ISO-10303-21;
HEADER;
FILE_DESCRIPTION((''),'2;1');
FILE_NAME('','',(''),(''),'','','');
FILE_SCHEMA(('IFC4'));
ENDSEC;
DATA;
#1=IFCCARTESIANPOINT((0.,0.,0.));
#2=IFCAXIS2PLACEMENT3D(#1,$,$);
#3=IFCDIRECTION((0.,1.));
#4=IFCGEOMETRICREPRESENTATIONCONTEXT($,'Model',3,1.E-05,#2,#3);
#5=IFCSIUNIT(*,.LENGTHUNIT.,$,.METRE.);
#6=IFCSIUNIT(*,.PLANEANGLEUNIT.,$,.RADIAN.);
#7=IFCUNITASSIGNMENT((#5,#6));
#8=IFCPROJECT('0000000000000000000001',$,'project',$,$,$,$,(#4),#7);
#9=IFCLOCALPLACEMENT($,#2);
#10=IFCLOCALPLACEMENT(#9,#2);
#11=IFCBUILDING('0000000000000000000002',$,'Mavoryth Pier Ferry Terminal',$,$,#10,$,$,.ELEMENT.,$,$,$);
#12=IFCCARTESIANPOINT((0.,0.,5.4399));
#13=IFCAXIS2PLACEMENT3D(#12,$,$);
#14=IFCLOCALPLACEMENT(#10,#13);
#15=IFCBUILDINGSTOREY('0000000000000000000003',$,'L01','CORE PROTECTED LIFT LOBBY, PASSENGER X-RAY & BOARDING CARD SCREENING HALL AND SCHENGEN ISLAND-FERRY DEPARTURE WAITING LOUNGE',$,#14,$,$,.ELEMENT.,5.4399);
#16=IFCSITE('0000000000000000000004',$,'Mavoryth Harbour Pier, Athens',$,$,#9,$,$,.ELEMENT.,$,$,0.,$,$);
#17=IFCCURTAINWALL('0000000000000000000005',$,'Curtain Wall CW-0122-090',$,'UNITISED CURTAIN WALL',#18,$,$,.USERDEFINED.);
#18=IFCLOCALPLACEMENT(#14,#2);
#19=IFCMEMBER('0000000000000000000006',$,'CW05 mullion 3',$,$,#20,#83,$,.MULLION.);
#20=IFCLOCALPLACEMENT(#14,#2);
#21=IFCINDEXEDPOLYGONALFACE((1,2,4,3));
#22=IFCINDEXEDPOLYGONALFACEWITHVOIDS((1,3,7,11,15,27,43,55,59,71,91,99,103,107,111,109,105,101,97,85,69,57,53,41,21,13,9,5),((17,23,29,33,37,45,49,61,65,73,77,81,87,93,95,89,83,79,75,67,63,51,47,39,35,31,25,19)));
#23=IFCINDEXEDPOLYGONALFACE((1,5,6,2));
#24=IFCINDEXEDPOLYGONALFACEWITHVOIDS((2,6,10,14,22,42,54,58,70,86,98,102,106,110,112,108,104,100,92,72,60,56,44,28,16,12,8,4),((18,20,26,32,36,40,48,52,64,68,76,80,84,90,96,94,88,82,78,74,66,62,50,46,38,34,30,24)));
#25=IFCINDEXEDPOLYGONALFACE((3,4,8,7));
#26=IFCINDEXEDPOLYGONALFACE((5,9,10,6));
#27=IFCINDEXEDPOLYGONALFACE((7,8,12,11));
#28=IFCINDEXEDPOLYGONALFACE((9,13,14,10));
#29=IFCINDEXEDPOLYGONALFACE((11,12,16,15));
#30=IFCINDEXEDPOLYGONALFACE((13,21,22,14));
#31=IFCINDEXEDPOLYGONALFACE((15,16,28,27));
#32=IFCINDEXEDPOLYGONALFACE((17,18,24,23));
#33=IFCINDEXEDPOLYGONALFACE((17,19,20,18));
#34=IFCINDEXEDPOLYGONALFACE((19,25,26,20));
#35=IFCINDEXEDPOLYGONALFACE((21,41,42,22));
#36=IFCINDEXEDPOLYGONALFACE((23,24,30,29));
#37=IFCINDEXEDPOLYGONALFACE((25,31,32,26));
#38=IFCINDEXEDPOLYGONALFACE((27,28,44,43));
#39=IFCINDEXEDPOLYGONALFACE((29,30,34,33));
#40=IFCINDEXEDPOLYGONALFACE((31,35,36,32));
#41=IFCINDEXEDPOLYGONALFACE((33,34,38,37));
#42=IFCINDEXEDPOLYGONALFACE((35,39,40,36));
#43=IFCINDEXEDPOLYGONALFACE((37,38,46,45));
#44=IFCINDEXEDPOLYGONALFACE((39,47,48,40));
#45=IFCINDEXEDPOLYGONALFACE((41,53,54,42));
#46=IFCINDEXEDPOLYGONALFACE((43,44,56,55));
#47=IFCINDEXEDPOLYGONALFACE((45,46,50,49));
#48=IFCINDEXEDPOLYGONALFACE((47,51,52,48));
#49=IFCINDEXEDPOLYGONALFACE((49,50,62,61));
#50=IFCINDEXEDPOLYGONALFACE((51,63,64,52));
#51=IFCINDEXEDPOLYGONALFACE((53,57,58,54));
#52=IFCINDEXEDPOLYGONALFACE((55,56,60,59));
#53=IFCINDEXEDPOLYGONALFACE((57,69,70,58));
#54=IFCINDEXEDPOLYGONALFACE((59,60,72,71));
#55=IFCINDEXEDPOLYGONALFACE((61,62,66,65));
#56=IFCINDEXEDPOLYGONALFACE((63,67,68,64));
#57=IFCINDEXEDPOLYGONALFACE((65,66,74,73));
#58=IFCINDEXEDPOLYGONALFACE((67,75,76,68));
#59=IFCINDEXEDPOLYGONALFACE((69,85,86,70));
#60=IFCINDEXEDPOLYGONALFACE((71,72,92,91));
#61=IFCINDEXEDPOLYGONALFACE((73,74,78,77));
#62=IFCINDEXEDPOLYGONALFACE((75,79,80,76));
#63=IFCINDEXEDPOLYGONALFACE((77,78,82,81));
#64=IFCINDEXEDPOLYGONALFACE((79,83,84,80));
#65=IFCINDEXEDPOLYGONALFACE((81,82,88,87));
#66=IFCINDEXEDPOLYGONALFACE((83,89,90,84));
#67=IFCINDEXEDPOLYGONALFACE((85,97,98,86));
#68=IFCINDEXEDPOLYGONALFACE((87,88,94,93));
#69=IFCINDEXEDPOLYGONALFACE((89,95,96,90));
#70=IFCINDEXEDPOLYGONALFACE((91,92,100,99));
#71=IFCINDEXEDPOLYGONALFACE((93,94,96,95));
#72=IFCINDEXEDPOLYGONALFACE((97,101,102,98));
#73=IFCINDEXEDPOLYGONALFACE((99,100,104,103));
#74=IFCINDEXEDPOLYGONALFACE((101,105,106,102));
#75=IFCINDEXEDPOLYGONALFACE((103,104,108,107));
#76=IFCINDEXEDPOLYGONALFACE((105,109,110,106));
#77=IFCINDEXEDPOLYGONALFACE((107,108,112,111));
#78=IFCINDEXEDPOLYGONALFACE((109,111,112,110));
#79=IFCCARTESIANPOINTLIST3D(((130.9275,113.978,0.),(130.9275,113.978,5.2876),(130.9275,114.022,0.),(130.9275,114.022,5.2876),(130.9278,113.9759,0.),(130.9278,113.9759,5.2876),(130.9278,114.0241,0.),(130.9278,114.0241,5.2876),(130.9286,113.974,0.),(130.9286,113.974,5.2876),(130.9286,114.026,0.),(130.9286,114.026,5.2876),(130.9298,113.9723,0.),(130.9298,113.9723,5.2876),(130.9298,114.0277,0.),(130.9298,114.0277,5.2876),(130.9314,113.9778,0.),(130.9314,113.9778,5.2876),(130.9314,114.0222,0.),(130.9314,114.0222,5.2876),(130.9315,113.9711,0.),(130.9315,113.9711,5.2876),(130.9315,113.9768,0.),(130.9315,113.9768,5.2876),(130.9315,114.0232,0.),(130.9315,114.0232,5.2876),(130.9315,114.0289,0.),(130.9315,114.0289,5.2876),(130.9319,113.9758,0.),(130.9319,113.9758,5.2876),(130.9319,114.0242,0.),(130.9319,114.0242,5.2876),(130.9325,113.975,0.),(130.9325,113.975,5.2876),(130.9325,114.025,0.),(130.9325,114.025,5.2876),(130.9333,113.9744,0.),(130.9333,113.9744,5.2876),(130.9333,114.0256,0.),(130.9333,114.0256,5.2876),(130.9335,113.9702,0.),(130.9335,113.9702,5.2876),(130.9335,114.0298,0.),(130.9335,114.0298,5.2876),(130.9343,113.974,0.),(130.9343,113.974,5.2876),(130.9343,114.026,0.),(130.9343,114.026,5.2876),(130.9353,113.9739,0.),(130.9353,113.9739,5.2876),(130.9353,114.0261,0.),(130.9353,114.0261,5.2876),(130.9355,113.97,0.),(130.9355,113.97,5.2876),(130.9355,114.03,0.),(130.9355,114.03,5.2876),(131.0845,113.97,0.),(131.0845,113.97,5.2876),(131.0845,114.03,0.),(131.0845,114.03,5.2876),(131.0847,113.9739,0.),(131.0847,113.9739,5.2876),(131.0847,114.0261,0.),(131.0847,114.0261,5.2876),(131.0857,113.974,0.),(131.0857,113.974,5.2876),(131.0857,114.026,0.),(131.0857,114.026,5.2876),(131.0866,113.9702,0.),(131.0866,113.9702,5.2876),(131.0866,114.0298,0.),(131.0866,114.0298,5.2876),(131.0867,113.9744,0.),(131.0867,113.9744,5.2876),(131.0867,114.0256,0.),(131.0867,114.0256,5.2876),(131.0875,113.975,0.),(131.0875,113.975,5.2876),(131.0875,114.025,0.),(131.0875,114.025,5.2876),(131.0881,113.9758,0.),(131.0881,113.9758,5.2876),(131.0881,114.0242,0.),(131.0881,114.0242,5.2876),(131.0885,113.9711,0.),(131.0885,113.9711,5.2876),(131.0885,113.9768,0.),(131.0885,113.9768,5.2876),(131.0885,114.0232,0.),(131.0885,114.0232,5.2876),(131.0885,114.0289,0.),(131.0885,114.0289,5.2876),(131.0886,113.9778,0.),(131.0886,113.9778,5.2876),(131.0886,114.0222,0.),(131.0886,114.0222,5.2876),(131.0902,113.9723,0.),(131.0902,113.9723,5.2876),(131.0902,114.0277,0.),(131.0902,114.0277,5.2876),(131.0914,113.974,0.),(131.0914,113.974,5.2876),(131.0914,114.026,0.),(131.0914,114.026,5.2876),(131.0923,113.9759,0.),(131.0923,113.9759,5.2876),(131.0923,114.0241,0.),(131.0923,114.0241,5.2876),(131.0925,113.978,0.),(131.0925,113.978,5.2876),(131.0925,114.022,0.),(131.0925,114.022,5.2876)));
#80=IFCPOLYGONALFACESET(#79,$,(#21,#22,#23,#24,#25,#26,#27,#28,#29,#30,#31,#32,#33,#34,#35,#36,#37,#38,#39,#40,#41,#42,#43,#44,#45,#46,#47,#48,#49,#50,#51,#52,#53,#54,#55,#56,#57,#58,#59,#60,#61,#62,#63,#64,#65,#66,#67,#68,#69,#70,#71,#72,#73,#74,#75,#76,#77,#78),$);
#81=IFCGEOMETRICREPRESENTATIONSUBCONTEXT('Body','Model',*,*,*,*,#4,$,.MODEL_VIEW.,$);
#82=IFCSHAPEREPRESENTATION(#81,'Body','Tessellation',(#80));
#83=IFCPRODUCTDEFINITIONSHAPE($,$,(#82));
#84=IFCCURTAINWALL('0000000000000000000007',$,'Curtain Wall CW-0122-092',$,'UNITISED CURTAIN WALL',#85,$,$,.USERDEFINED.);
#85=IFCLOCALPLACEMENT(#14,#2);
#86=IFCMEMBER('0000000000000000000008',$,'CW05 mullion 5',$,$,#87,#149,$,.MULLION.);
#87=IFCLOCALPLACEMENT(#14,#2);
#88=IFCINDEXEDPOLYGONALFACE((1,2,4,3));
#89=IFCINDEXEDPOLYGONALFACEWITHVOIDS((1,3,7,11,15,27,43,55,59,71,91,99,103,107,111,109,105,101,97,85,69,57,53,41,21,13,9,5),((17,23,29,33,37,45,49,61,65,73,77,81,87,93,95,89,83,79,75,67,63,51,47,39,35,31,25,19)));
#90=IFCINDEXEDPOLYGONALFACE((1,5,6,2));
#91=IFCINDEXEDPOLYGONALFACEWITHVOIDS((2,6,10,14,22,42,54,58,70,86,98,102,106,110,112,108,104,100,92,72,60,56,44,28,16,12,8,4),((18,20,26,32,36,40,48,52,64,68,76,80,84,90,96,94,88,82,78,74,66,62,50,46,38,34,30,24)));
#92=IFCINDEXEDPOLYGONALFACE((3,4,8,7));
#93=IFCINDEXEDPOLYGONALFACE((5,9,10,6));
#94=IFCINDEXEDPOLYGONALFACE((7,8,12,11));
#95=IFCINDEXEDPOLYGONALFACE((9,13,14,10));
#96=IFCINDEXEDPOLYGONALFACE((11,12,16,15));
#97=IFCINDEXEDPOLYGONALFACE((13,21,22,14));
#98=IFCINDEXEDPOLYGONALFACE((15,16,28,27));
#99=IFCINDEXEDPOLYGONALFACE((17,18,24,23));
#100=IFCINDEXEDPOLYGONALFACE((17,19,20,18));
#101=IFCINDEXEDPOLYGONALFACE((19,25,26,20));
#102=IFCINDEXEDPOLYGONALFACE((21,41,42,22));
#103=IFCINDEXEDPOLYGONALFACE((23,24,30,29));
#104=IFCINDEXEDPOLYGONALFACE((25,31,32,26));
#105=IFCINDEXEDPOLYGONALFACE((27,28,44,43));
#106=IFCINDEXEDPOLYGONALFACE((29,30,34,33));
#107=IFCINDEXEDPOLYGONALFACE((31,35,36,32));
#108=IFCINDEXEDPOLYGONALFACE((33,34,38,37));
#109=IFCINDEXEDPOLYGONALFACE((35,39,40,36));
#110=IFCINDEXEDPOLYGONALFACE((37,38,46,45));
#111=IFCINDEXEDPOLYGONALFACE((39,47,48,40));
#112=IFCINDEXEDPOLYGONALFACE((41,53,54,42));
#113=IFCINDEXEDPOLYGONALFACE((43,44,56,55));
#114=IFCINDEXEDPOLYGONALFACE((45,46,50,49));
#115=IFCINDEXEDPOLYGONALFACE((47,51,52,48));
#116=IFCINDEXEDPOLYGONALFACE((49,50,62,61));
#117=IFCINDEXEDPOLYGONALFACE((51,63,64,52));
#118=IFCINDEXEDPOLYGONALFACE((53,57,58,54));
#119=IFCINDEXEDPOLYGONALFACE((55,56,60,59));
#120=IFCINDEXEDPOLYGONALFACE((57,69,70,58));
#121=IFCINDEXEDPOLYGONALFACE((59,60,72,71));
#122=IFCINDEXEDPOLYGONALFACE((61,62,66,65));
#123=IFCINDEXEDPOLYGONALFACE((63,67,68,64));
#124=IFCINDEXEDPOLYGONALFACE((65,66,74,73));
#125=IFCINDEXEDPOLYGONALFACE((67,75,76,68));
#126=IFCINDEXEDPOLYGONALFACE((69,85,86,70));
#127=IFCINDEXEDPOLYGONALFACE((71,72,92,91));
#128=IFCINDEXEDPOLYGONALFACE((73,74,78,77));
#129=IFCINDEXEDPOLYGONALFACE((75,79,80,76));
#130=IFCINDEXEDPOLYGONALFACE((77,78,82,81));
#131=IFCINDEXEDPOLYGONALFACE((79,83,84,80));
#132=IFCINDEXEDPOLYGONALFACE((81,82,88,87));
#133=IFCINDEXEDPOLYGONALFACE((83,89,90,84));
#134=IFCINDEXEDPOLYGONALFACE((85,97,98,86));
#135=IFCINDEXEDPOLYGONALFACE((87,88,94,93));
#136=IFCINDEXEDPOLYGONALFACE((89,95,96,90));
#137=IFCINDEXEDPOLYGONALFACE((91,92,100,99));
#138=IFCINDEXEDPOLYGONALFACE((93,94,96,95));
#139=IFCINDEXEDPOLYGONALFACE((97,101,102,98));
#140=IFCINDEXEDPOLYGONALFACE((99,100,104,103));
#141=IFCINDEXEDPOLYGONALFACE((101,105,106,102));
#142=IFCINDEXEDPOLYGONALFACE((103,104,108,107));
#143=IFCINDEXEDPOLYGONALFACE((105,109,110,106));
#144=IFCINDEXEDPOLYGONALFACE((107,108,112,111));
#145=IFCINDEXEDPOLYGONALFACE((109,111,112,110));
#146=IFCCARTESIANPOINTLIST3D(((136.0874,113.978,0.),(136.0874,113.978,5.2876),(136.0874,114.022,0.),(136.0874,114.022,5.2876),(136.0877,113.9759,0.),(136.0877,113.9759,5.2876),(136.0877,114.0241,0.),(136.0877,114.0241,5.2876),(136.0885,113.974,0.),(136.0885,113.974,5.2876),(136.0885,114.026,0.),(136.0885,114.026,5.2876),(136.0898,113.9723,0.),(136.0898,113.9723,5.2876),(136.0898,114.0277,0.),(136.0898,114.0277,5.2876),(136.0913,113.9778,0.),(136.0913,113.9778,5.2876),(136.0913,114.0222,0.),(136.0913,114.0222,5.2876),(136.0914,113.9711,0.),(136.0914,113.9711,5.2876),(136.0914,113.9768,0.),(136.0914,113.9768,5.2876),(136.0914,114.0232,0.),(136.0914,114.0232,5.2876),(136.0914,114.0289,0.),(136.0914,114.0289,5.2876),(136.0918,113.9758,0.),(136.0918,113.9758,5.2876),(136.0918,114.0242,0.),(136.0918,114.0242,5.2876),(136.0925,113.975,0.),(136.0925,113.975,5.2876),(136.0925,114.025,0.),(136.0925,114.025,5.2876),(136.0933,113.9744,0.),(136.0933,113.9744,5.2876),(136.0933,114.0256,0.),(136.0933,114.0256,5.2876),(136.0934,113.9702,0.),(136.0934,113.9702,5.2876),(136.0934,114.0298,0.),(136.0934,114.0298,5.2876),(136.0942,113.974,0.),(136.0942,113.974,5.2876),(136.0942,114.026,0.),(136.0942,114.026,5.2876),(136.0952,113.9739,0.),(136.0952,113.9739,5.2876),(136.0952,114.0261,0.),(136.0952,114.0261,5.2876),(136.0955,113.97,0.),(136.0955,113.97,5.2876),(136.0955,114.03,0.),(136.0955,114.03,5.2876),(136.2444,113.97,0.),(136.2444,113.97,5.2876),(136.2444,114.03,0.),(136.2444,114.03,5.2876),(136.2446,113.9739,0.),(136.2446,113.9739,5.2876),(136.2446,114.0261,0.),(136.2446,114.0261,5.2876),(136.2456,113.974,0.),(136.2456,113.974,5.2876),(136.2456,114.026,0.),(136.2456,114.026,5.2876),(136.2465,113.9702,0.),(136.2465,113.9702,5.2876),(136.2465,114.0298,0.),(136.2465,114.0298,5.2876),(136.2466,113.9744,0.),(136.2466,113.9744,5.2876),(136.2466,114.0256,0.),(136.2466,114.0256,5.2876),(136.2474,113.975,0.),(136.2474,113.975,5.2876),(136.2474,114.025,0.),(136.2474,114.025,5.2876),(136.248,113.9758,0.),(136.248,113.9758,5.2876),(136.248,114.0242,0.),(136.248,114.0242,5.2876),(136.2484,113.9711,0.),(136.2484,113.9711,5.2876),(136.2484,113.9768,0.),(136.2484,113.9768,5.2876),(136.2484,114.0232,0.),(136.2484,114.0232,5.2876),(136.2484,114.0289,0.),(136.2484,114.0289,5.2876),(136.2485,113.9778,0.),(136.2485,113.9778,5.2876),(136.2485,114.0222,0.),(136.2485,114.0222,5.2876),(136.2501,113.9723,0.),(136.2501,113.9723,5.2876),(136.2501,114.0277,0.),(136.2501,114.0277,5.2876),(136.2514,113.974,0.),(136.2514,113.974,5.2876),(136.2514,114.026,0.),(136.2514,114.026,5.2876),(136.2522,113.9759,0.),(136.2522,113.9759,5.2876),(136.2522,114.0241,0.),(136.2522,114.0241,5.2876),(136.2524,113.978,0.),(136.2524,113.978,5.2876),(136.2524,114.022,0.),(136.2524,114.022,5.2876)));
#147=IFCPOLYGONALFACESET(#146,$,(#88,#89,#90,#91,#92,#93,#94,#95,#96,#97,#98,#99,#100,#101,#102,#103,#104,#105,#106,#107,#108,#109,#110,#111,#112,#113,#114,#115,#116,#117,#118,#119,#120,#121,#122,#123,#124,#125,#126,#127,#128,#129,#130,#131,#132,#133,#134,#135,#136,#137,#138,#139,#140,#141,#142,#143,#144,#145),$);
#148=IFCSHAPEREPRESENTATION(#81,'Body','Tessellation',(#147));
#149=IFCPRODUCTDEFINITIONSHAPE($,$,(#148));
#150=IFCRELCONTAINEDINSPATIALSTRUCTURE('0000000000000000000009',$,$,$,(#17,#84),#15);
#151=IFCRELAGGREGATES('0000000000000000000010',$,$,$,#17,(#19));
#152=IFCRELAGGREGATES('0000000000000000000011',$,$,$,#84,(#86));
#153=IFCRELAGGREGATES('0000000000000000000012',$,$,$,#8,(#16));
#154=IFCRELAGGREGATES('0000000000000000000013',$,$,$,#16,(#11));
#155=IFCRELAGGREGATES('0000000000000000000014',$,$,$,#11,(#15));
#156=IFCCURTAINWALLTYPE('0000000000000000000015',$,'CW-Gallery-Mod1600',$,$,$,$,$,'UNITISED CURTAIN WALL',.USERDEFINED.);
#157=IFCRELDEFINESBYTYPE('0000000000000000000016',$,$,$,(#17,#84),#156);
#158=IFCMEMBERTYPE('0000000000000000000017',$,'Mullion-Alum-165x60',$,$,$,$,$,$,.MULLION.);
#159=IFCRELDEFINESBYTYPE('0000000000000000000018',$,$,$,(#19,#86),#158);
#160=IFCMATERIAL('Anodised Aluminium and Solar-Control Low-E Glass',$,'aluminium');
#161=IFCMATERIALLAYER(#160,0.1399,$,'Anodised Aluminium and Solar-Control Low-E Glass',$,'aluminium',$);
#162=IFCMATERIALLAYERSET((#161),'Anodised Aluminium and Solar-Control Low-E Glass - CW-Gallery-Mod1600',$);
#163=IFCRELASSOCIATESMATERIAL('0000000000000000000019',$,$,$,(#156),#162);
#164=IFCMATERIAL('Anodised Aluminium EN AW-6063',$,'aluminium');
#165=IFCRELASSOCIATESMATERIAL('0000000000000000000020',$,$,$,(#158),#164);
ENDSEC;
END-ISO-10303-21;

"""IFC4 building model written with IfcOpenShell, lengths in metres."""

from ifc_helpers import new_model, si_unit, direction, frame, origin, origin_2d, place, context, subcontext, project, spatial, hollow_rectangle, extrude, material, layer, layer_set, material_profile, profile_set, type_object, element, aggregate, save


model = new_model("IFC4")

# Units and contexts
model_context = context("Model", 3, precision=1e-05, world=origin(), true_north=direction((0.0, 1.0)))
body_context = subcontext(model_context, "Body", "Model", "MODEL_VIEW")
ifc_project = project(units=[si_unit("LENGTHUNIT", "METRE"), si_unit("PLANEANGLEUNIT", "RADIAN")], contexts=[model_context])

# Site, building, storey
site_placement = place(None, origin())
site = spatial("IfcSite", under=ifc_project, at=site_placement, Name="Mavoryth Harbour Pier, Athens", CompositionType="ELEMENT", RefElevation=0.0)
building_placement = place(site_placement, origin())
building = spatial("IfcBuilding", under=site, at=building_placement, Name="Mavoryth Pier Ferry Terminal", CompositionType="ELEMENT")
storey_placement = place(building_placement, frame((0.0, 0.0, 5.4399)))
storey = spatial("IfcBuildingStorey", under=building, at=storey_placement, Name="L01", Description="CORE PROTECTED LIFT LOBBY, PASSENGER X-RAY & BOARDING CARD SCREENING HALL AND SCHENGEN ISLAND-FERRY DEPARTURE WAITING LOUNGE", CompositionType="ELEMENT", Elevation=5.4399)

# Curtain walls, members
ifc_material_1 = material(Name="Anodised Aluminium and Solar-Control Low-E Glass", Category="aluminium")
ifc_layer_1 = layer(ifc_material_1, 0.1399, Name="Anodised Aluminium and Solar-Control Low-E Glass", Category="aluminium")
ifc_layer_set_1 = layer_set([ifc_layer_1], Name="Anodised Aluminium and Solar-Control Low-E Glass - CW-Gallery-Mod1600")
curtain_wall_type = type_object("IfcCurtainWallType", Name="CW-Gallery-Mod1600", ElementType="UNITISED CURTAIN WALL", PredefinedType="USERDEFINED", material=ifc_layer_set_1)
curtain_wall_1_placement = place(storey_placement, origin())
curtain_wall_1 = element("IfcCurtainWall", 1, at=curtain_wall_1_placement, inside=storey, type_object=curtain_wall_type, Name="Curtain Wall CW-0122-090", ObjectType="UNITISED CURTAIN WALL", PredefinedType="USERDEFINED")
ifc_material_2 = material(Name="Anodised Aluminium EN AW-6063", Category="aluminium")
ifc_material_profile_1 = material_profile(ifc_material_2, hollow_rectangle(XDim=0.0601, YDim=0.165, WallThickness=0.0039, InnerFilletRadius=0.0039, OuterFilletRadius=0.0081, at=origin_2d()), Name="AL-MULL 165x60x4", Category="aluminium")
ifc_profile_set_1 = profile_set([ifc_material_profile_1], Name="Anodised Aluminium EN AW-6063 - AL-MULL 165x60x4")
member_type_1 = type_object("IfcMemberType", Name="Mullion-Alum-165x60", PredefinedType="MULLION", material=ifc_profile_set_1)
member_1_placement = place(storey_placement, frame((131.01, 114.0, 0.0), z_axis=(0.0, 0.0, 1.0), x_axis=(0.0, -1.0, 0.0)))
member_1 = element("IfcMember", 2, at=member_1_placement, type_object=member_type_1, Name="CW05 mullion 3", PredefinedType="MULLION", context=body_context, shape_type="SweptSolid", body=[
    extrude(hollow_rectangle(XDim=0.0601, YDim=0.165, WallThickness=0.0039, InnerFilletRadius=0.0039, OuterFilletRadius=0.0081, at=origin_2d()), origin(), (0.0, 0.0, 1.0), 5.2876),
])
curtain_wall_2_placement = place(storey_placement, origin())
curtain_wall_2 = element("IfcCurtainWall", 3, at=curtain_wall_2_placement, inside=storey, type_object=curtain_wall_type, Name="Curtain Wall CW-0122-092", ObjectType="UNITISED CURTAIN WALL", PredefinedType="USERDEFINED")
member_2_placement = place(storey_placement, frame((136.1699, 114.0, 0.0), z_axis=(0.0, 0.0, 1.0), x_axis=(0.0, -1.0, 0.0)))
member_2 = element("IfcMember", 4, at=member_2_placement, type_object=member_type_1, Name="CW05 mullion 5", PredefinedType="MULLION", context=body_context, shape_type="SweptSolid", body=[
    extrude(hollow_rectangle(XDim=0.0601, YDim=0.165, WallThickness=0.0039, InnerFilletRadius=0.0039, OuterFilletRadius=0.0081, at=origin_2d()), origin(), (0.0, 0.0, 1.0), 5.2876),
])

aggregate(curtain_wall_1, [member_1])
aggregate(curtain_wall_2, [member_2])

save(model, "model.ifc")
